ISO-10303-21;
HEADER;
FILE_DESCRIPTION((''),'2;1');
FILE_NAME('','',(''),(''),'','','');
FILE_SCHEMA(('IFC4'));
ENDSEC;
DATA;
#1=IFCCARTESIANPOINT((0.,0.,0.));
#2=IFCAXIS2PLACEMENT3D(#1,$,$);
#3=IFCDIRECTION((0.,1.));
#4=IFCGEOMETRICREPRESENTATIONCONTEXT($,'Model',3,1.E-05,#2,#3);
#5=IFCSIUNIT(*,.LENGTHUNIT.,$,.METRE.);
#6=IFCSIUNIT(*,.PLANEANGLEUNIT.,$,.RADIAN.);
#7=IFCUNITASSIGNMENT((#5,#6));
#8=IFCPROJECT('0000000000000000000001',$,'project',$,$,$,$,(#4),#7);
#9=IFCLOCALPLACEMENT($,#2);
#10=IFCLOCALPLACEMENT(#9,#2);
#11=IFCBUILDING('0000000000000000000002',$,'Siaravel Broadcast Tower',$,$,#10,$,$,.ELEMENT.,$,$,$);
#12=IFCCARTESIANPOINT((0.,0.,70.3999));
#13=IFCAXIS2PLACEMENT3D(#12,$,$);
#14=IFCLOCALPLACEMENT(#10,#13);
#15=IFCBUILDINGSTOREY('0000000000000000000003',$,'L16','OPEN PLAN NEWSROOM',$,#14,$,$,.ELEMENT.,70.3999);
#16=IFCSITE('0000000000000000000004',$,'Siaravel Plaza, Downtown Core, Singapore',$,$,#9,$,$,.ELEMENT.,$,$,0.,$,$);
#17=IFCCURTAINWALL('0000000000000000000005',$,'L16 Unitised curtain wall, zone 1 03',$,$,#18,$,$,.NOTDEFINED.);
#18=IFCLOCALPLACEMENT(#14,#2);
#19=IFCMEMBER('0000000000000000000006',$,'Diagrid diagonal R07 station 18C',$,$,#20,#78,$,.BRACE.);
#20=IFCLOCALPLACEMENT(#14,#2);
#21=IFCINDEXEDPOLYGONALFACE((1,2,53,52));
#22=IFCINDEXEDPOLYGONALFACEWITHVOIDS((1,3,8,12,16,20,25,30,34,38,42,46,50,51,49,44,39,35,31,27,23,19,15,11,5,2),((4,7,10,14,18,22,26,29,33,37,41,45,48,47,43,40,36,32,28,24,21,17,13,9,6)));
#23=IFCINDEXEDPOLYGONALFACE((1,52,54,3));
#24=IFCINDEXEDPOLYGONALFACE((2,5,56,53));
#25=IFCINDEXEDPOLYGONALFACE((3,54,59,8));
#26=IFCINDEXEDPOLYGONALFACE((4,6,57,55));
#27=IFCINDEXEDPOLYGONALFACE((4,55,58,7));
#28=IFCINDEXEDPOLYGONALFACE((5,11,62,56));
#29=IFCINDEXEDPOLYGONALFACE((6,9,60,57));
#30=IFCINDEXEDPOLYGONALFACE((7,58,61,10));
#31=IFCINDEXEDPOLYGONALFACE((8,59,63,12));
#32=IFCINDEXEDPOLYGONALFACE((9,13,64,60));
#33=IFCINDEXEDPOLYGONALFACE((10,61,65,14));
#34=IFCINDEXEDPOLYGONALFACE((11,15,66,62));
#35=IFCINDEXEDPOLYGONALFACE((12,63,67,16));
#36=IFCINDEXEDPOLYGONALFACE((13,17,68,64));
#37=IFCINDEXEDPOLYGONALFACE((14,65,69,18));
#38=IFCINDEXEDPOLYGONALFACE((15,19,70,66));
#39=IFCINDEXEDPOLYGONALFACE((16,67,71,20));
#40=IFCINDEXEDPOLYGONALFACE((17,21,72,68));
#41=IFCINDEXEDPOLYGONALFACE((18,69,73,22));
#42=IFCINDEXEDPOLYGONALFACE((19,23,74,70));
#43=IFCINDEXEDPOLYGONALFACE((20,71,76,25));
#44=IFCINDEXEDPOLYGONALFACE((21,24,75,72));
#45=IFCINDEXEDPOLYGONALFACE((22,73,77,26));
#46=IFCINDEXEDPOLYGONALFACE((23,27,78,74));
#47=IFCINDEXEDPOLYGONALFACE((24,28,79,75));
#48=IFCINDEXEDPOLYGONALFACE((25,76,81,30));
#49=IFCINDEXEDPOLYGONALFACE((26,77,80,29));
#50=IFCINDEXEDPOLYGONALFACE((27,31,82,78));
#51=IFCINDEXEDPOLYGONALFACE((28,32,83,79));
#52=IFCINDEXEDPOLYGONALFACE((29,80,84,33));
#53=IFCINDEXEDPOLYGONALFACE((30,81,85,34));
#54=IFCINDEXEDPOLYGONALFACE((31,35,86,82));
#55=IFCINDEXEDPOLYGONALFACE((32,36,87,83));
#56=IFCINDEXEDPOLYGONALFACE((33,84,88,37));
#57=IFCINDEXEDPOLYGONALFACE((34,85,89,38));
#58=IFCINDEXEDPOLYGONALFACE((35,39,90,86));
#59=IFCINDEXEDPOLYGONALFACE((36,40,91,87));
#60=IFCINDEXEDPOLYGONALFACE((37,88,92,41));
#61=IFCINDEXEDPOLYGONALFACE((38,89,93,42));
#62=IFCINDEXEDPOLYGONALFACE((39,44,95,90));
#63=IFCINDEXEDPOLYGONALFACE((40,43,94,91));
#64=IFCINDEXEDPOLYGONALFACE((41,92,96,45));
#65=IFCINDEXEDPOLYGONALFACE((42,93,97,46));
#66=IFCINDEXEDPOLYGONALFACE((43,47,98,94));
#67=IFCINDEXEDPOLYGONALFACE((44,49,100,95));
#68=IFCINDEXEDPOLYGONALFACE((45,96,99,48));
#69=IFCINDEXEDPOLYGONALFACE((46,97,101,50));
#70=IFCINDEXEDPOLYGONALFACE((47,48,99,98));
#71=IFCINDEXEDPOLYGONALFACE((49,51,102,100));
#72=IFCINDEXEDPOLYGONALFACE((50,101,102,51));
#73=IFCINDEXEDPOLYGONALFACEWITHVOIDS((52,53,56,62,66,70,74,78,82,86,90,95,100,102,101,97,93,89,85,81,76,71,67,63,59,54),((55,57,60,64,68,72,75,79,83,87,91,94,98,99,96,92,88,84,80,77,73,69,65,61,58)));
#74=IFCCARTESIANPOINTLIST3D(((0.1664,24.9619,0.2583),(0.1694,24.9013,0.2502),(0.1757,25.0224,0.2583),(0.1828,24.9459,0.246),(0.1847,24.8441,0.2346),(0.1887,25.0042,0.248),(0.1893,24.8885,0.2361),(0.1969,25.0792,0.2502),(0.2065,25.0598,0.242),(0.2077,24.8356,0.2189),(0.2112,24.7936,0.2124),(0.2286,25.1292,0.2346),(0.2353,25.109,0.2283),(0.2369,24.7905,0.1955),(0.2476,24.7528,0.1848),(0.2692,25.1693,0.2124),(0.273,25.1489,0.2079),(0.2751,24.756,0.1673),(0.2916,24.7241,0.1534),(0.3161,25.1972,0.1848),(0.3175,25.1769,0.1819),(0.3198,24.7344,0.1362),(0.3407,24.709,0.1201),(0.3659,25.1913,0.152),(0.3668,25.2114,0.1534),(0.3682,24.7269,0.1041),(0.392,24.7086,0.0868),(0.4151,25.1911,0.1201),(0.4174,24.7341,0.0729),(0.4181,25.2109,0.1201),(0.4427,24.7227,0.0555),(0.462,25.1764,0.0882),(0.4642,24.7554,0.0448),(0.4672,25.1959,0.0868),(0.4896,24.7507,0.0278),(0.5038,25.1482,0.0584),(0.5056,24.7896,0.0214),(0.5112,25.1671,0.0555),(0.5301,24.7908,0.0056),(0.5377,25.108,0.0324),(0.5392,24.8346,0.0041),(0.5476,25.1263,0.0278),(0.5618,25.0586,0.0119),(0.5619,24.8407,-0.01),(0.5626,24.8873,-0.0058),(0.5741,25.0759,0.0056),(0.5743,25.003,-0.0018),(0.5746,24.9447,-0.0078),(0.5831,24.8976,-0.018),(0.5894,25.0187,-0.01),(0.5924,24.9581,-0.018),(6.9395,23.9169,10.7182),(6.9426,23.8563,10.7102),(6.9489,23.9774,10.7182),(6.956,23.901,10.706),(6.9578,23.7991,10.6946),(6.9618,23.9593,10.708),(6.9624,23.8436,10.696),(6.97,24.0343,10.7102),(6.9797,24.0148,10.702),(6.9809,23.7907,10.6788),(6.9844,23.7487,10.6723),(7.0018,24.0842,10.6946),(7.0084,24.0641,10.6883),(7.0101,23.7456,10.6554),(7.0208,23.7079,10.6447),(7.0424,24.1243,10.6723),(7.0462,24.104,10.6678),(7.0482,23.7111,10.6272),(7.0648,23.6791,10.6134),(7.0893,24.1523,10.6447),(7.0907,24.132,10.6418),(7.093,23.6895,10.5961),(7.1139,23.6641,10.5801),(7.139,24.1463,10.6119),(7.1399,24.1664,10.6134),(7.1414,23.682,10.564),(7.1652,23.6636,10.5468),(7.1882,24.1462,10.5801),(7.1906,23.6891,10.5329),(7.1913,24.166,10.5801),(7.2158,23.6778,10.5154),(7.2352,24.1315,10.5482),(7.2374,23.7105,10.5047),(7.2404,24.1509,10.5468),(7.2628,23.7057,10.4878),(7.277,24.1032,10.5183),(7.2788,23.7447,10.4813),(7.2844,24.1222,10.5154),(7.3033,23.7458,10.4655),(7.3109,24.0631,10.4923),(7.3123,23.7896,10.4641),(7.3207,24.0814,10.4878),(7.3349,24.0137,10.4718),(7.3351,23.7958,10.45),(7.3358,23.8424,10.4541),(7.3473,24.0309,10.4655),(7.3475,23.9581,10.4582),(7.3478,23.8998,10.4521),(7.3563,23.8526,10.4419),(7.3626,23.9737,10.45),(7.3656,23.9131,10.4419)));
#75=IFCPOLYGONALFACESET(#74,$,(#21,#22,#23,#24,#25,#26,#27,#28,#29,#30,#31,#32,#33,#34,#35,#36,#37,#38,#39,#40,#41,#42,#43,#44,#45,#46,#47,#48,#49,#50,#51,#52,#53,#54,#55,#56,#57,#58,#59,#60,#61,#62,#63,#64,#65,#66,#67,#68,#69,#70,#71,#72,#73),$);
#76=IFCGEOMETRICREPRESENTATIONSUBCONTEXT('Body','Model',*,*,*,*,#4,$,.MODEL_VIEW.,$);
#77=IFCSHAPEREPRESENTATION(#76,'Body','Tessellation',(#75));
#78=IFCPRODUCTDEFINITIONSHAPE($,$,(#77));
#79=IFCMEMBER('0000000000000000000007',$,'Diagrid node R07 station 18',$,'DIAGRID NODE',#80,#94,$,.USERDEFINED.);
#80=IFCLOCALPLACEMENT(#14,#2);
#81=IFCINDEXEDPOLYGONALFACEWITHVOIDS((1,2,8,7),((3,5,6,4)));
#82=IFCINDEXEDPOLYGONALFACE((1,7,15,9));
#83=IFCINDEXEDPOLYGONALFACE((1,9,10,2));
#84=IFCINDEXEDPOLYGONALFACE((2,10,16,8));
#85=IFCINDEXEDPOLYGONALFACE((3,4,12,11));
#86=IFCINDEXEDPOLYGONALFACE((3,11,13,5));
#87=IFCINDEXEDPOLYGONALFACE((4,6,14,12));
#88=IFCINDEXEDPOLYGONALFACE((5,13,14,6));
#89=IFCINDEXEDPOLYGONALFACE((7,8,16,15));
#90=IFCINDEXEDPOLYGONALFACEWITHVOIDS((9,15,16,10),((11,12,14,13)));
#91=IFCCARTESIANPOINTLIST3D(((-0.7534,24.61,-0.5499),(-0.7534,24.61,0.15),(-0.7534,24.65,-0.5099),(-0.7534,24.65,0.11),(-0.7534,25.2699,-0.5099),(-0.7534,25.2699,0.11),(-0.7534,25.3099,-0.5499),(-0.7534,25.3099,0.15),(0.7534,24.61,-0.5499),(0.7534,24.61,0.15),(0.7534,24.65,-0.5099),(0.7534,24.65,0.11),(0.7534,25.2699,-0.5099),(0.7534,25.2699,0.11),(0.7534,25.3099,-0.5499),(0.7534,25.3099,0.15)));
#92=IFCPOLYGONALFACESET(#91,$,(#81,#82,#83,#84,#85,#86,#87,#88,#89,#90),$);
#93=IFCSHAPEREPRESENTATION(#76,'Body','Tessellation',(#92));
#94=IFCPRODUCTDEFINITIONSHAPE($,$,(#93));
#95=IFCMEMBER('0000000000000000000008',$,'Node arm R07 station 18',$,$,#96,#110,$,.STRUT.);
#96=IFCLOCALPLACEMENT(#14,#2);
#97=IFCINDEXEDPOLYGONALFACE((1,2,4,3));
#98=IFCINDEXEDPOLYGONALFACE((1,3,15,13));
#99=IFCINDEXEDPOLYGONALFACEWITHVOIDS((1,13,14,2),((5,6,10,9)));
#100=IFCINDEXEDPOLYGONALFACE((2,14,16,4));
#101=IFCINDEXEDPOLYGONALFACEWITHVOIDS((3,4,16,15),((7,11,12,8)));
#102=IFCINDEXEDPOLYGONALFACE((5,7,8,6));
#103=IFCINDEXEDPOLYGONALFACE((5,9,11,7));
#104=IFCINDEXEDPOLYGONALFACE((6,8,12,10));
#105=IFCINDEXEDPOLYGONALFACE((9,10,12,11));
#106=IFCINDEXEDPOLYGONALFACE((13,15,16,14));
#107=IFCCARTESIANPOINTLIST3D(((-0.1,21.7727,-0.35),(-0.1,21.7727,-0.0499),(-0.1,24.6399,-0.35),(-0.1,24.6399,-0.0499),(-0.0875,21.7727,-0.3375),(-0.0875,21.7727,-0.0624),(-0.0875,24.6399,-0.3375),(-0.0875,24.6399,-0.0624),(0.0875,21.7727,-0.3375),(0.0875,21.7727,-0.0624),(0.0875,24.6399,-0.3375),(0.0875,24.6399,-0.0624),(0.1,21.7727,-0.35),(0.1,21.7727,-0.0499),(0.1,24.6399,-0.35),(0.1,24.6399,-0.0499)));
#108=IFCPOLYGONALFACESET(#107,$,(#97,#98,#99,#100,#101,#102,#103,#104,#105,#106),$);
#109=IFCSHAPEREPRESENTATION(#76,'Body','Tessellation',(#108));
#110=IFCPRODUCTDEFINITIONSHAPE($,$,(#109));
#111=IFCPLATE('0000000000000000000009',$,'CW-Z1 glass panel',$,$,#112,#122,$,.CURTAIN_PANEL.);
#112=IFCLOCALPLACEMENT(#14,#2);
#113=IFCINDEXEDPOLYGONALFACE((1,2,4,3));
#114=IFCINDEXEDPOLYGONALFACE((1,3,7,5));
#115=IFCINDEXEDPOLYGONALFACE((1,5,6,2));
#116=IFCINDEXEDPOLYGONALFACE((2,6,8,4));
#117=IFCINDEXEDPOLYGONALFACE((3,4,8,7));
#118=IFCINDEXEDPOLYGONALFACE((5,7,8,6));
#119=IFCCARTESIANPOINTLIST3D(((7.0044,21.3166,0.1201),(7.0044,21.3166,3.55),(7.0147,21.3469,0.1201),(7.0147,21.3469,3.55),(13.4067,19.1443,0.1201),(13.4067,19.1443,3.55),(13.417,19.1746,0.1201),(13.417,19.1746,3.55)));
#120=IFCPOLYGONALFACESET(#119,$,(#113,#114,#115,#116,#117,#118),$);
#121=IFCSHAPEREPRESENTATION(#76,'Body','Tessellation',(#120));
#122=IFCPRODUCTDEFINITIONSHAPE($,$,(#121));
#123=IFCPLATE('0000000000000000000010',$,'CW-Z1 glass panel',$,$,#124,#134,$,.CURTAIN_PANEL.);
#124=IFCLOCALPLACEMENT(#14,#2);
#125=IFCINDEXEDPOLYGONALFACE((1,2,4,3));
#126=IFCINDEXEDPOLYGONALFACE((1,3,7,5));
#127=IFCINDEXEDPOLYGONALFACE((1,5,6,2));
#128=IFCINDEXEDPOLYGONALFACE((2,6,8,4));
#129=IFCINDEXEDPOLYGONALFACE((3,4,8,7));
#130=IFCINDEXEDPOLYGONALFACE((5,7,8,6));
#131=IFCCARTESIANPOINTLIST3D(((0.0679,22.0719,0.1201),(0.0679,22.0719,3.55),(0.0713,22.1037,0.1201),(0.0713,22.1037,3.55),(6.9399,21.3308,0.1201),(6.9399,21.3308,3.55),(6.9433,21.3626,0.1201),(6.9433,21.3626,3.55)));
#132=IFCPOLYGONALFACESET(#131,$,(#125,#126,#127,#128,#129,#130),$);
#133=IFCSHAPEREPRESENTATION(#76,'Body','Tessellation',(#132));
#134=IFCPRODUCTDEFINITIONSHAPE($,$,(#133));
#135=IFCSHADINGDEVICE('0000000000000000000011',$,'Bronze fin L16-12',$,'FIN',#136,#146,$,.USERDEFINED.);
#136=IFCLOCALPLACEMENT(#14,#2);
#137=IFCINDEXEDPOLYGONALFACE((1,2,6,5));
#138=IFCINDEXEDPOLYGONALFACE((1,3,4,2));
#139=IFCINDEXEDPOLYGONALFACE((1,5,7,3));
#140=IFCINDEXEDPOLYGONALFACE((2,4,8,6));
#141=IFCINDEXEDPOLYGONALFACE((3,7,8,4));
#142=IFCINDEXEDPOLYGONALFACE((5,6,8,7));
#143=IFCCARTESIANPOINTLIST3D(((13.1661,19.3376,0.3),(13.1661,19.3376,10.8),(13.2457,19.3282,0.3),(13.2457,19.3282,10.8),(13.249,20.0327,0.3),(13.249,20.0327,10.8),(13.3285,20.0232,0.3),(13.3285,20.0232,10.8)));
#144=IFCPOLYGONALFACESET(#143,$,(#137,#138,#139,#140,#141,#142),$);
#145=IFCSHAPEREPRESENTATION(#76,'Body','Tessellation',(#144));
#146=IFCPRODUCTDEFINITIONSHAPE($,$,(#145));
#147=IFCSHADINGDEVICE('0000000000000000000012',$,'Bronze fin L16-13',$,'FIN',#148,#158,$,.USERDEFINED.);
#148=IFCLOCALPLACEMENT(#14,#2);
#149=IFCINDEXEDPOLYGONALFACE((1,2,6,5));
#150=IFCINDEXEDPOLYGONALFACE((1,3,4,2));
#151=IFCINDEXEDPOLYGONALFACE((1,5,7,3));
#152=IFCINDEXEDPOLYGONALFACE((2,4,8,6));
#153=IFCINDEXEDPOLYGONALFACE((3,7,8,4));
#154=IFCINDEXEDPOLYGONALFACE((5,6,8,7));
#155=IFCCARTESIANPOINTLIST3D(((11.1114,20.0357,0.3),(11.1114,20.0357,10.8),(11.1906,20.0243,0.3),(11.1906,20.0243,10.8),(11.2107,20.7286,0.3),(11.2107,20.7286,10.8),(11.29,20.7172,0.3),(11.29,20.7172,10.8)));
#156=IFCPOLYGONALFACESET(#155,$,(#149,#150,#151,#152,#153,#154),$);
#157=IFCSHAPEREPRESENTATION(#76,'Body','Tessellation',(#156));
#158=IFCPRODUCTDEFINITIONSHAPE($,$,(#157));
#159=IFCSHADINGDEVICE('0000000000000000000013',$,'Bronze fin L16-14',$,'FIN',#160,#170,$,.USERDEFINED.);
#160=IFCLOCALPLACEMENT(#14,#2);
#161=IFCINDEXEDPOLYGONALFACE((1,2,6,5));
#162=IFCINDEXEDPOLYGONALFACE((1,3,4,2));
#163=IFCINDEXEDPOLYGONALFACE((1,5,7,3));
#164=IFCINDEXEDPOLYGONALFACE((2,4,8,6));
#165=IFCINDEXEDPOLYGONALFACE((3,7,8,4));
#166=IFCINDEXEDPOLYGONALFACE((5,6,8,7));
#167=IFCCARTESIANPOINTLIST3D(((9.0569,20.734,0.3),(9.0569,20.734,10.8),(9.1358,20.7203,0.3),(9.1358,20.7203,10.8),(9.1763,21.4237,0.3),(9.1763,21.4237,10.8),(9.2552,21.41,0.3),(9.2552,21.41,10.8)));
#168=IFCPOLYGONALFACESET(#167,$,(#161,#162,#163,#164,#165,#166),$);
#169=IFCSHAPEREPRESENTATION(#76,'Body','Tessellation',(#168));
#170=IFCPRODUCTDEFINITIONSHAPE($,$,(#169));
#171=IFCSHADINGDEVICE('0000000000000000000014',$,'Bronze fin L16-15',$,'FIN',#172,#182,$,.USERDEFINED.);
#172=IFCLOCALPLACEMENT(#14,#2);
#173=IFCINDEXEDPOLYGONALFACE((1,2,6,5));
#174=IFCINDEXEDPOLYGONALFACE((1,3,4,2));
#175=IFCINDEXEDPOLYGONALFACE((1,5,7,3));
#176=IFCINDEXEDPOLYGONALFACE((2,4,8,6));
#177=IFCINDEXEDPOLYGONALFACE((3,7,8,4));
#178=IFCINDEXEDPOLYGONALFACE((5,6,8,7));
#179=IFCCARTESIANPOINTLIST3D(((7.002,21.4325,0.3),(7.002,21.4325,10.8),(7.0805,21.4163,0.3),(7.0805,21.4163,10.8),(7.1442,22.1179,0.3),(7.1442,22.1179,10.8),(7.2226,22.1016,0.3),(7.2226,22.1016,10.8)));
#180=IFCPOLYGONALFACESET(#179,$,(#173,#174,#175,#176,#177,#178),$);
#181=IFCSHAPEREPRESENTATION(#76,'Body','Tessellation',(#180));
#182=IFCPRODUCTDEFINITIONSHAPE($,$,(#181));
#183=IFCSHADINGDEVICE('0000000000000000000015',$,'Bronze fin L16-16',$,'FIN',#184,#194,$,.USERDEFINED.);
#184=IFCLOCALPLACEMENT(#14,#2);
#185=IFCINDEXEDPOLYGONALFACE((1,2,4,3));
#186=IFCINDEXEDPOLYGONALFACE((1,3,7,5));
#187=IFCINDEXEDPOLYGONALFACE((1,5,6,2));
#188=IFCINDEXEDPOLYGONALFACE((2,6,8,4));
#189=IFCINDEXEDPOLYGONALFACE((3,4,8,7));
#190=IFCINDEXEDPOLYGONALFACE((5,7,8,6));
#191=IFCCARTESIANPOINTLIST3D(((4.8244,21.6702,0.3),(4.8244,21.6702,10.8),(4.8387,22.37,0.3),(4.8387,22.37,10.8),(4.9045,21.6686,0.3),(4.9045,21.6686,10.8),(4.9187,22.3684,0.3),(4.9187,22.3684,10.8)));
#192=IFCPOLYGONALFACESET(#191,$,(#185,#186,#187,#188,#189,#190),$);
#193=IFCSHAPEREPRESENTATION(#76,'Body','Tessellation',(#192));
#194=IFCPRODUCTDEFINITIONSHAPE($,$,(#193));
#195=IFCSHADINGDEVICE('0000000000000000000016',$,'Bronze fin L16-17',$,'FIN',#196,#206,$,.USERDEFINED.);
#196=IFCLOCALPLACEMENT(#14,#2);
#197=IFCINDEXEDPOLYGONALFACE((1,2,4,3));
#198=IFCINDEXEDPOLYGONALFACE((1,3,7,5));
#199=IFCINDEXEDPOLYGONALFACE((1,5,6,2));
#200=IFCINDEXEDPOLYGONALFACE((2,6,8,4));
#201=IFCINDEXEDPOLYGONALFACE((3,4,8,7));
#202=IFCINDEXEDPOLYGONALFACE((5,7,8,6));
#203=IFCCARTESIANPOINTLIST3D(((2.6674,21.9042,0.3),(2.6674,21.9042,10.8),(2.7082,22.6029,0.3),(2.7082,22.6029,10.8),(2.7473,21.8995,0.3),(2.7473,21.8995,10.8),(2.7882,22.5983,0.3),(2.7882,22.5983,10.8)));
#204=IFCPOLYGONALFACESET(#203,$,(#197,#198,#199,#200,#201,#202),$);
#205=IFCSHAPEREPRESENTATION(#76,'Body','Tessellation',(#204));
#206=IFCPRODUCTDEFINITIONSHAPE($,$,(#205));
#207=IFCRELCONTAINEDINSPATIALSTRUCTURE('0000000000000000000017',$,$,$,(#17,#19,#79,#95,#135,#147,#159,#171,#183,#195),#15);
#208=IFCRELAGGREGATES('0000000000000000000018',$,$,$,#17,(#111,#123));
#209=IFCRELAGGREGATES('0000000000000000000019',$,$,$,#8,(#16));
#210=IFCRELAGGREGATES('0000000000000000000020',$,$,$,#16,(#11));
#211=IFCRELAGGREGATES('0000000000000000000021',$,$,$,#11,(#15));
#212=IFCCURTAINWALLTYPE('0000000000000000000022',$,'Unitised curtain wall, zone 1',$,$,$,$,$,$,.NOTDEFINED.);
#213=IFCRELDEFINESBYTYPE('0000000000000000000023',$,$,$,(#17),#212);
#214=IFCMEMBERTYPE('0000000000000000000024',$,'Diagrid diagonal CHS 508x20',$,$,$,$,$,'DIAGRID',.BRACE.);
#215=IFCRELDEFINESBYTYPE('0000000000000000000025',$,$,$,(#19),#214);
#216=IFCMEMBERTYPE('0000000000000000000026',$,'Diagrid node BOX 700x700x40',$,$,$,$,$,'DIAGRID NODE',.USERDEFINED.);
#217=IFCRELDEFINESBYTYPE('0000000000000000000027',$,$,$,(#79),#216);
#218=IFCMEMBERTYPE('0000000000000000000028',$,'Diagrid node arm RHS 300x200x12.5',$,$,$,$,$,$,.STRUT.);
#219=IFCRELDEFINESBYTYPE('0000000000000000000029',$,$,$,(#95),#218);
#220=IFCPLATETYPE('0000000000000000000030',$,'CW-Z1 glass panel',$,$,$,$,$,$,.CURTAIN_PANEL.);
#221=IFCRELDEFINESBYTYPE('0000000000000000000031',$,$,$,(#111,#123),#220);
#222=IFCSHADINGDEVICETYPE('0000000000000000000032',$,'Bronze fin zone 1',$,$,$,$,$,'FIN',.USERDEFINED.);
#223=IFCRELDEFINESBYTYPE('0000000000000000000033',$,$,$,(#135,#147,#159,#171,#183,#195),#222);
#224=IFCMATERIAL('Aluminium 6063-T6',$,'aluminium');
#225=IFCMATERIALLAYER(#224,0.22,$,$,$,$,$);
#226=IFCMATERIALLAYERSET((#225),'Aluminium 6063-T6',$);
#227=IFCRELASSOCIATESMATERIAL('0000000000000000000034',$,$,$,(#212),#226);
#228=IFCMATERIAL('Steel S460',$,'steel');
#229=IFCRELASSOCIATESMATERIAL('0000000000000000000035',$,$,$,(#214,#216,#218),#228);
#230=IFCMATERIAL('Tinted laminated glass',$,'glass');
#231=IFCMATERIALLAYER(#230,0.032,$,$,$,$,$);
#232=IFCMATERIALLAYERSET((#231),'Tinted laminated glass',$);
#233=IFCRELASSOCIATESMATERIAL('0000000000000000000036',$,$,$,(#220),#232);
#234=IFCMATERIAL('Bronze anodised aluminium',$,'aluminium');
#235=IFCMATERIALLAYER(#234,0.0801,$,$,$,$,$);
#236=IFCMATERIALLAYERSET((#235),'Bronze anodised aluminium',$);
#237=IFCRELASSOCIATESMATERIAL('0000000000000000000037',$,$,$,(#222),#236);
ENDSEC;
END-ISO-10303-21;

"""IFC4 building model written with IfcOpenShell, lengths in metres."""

from ifc_helpers import new_model, si_unit, direction, frame, origin, origin_2d, place, context, subcontext, project, spatial, rectangle, hollow_rectangle, hollow_circle, extrude, material, layer, layer_set, material_profile, profile_set, type_object, element, aggregate, save


model = new_model("IFC4")

# Units and contexts
model_context = context("Model", 3, precision=1e-05, world=origin(), true_north=direction((0.0, 1.0)))
body_context = subcontext(model_context, "Body", "Model", "MODEL_VIEW")
ifc_project = project(units=[si_unit("LENGTHUNIT", "METRE"), si_unit("PLANEANGLEUNIT", "RADIAN")], contexts=[model_context])

# Site, building, storey
site_placement = place(None, origin())
site = spatial("IfcSite", under=ifc_project, at=site_placement, Name="Siaravel Plaza, Downtown Core, Singapore", CompositionType="ELEMENT", RefElevation=0.0)
building_placement = place(site_placement, origin())
building = spatial("IfcBuilding", under=site, at=building_placement, Name="Siaravel Broadcast Tower", CompositionType="ELEMENT")
storey_placement = place(building_placement, frame((0.0, 0.0, 70.3999)))
storey = spatial("IfcBuildingStorey", under=building, at=storey_placement, Name="L16", Description="OPEN PLAN NEWSROOM", CompositionType="ELEMENT", Elevation=70.3999)

# Curtain wall
ifc_material_1 = material(Name="Aluminium 6063-T6", Category="aluminium")
ifc_layer_1 = layer(ifc_material_1, 0.22)
ifc_layer_set_1 = layer_set([ifc_layer_1], Name="Aluminium 6063-T6")
curtain_wall_type = type_object("IfcCurtainWallType", Name="Unitised curtain wall, zone 1", PredefinedType="NOTDEFINED", material=ifc_layer_set_1)
curtain_wall_placement = place(storey_placement, origin())
curtain_wall = element("IfcCurtainWall", 1, at=curtain_wall_placement, inside=storey, type_object=curtain_wall_type, Name="L16 Unitised curtain wall, zone 1 03", PredefinedType="NOTDEFINED")

# Members
ifc_material_2 = material(Name="Steel S460", Category="steel")
ifc_material_profile_1 = material_profile(ifc_material_2, hollow_circle(Radius=0.2539, WallThickness=0.02, at=origin_2d()))
ifc_profile_set_1 = profile_set([ifc_material_profile_1], Name="Steel S460")
member_type_1 = type_object("IfcMemberType", Name="Diagrid diagonal CHS 508x20", ElementType="DIAGRID", PredefinedType="BRACE", material=ifc_profile_set_1)
member_1_placement = place(storey_placement, frame((0.3794, 24.96, 0.1201), z_axis=(0.541632, -0.083559, 0.836452), x_axis=(0.152469, 0.988308, 0.0)))
element("IfcMember", 2, at=member_1_placement, inside=storey, type_object=member_type_1, Name="Diagrid diagonal R07 station 18C", PredefinedType="BRACE", context=body_context, shape_type="SweptSolid", body=[
    extrude(hollow_circle(Radius=0.2539, WallThickness=0.02, at=origin_2d()), origin(), (0.0, 0.0, 1.0), 12.5051),
])
ifc_material_profile_2 = material_profile(ifc_material_2, hollow_rectangle(XDim=0.7, YDim=0.7, WallThickness=0.04, at=origin_2d()))
ifc_profile_set_2 = profile_set([ifc_material_profile_2], Name="Steel S460")
member_type_2 = type_object("IfcMemberType", Name="Diagrid node BOX 700x700x40", ElementType="DIAGRID NODE", PredefinedType="USERDEFINED", material=ifc_profile_set_2)
member_2_placement = place(storey_placement, frame((0.7534, 24.96, -0.2), z_axis=(-1.0, 0.0, 0.0), x_axis=(0.0, -1.0, 0.0)))
element("IfcMember", 3, at=member_2_placement, inside=storey, type_object=member_type_2, Name="Diagrid node R07 station 18", ObjectType="DIAGRID NODE", PredefinedType="USERDEFINED", context=body_context, shape_type="SweptSolid", body=[
    extrude(hollow_rectangle(XDim=0.7, YDim=0.7, WallThickness=0.04, at=origin_2d()), origin(), (0.0, 0.0, 1.0), 1.5068),
])
ifc_material_profile_3 = material_profile(ifc_material_2, hollow_rectangle(XDim=0.2, YDim=0.3, WallThickness=0.0125, at=origin_2d()))
ifc_profile_set_3 = profile_set([ifc_material_profile_3], Name="Steel S460")
member_type_3 = type_object("IfcMemberType", Name="Diagrid node arm RHS 300x200x12.5", PredefinedType="STRUT", material=ifc_profile_set_3)
member_3_placement = place(storey_placement, frame((0.0, 21.7727, -0.2), z_axis=(0.0, 1.0, 0.0), x_axis=(-1.0, 0.0, 0.0)))
element("IfcMember", 4, at=member_3_placement, inside=storey, type_object=member_type_3, Name="Node arm R07 station 18", PredefinedType="STRUT", context=body_context, shape_type="SweptSolid", body=[
    extrude(hollow_rectangle(XDim=0.2, YDim=0.3, WallThickness=0.0125, at=origin_2d()), origin(), (0.0, 0.0, 1.0), 2.8672),
])

# Plates
ifc_material_3 = material(Name="Tinted laminated glass", Category="glass")
ifc_layer_2 = layer(ifc_material_3, 0.032)
ifc_layer_set_2 = layer_set([ifc_layer_2], Name="Tinted laminated glass")
plate_type = type_object("IfcPlateType", Name="CW-Z1 glass panel", PredefinedType="CURTAIN_PANEL", material=ifc_layer_set_2)
plate_1_placement = place(storey_placement, frame((10.2107, 20.2456, 0.1201), z_axis=(0.0, 0.0, 1.0), x_axis=(-0.946977, 0.321301, 0.0)))
plate_1 = element("IfcPlate", 5, at=plate_1_placement, type_object=plate_type, Name="CW-Z1 glass panel", PredefinedType="CURTAIN_PANEL", context=body_context, shape_type="SweptSolid", body=[
    extrude(rectangle(XDim=6.7607, YDim=0.032, at=origin_2d()), origin(), (0.0, 0.0, 1.0), 3.4299),
])
plate_2_placement = place(storey_placement, frame((3.5056, 21.7173, 0.1201), z_axis=(0.0, 0.0, 1.0), x_axis=(-0.994236, 0.107218, 0.0)))
plate_2 = element("IfcPlate", 6, at=plate_2_placement, type_object=plate_type, Name="CW-Z1 glass panel", PredefinedType="CURTAIN_PANEL", context=body_context, shape_type="SweptSolid", body=[
    extrude(rectangle(XDim=6.9119, YDim=0.032, at=origin_2d()), origin(), (0.0, 0.0, 1.0), 3.4299),
])
aggregate(curtain_wall, [plate_1, plate_2])

# Shading devices
ifc_material_4 = material(Name="Bronze anodised aluminium", Category="aluminium")
ifc_layer_3 = layer(ifc_material_4, 0.0801)
ifc_layer_set_3 = layer_set([ifc_layer_3], Name="Bronze anodised aluminium")
shading_device_type = type_object("IfcShadingDeviceType", Name="Bronze fin zone 1", ElementType="FIN", PredefinedType="USERDEFINED", material=ifc_layer_set_3)
for number, where, z_axis, x_axis, name in (
    (7, (13.2473, 19.6804, 0.3), (0.0, 0.0, 1.0), (0.118321, 0.992975, 0.0), "Bronze fin L16-12"),
    (8, (11.2007, 20.3765, 0.3), (0.0, 0.0, 1.0), (0.141917, 0.989879, 0.0), "Bronze fin L16-13"),
    (9, (9.156, 21.072, 0.3), (0.0, 0.0, 1.0), (0.170576, 0.985345, 0.0), "Bronze fin L16-14"),
    (10, (7.1123, 21.7671, 0.3), (0.0, 0.0, 1.0), (0.203027, 0.979173, 0.0), "Bronze fin L16-15"),
    (11, (4.8716, 22.0193, 0.3), (0.0, 0.0, 1.0), (0.020307, 0.999794, 0.0), "Bronze fin L16-16"),
    (12, (2.7278, 22.2512, 0.3), (0.0, 0.0, 1.0), (0.058386, 0.998294, 0.0), "Bronze fin L16-17"),
):
    element("IfcShadingDevice", number, at=place(storey_placement, frame(where, z_axis=z_axis, x_axis=x_axis)), inside=storey, type_object=shading_device_type, Name=name, ObjectType="FIN", PredefinedType="USERDEFINED", context=body_context, shape_type="SweptSolid", body=[
        extrude(rectangle(XDim=0.7, YDim=0.0801, at=origin_2d()), origin(), (0.0, 0.0, 1.0), 10.5),
    ])

save(model, "model.ifc")
